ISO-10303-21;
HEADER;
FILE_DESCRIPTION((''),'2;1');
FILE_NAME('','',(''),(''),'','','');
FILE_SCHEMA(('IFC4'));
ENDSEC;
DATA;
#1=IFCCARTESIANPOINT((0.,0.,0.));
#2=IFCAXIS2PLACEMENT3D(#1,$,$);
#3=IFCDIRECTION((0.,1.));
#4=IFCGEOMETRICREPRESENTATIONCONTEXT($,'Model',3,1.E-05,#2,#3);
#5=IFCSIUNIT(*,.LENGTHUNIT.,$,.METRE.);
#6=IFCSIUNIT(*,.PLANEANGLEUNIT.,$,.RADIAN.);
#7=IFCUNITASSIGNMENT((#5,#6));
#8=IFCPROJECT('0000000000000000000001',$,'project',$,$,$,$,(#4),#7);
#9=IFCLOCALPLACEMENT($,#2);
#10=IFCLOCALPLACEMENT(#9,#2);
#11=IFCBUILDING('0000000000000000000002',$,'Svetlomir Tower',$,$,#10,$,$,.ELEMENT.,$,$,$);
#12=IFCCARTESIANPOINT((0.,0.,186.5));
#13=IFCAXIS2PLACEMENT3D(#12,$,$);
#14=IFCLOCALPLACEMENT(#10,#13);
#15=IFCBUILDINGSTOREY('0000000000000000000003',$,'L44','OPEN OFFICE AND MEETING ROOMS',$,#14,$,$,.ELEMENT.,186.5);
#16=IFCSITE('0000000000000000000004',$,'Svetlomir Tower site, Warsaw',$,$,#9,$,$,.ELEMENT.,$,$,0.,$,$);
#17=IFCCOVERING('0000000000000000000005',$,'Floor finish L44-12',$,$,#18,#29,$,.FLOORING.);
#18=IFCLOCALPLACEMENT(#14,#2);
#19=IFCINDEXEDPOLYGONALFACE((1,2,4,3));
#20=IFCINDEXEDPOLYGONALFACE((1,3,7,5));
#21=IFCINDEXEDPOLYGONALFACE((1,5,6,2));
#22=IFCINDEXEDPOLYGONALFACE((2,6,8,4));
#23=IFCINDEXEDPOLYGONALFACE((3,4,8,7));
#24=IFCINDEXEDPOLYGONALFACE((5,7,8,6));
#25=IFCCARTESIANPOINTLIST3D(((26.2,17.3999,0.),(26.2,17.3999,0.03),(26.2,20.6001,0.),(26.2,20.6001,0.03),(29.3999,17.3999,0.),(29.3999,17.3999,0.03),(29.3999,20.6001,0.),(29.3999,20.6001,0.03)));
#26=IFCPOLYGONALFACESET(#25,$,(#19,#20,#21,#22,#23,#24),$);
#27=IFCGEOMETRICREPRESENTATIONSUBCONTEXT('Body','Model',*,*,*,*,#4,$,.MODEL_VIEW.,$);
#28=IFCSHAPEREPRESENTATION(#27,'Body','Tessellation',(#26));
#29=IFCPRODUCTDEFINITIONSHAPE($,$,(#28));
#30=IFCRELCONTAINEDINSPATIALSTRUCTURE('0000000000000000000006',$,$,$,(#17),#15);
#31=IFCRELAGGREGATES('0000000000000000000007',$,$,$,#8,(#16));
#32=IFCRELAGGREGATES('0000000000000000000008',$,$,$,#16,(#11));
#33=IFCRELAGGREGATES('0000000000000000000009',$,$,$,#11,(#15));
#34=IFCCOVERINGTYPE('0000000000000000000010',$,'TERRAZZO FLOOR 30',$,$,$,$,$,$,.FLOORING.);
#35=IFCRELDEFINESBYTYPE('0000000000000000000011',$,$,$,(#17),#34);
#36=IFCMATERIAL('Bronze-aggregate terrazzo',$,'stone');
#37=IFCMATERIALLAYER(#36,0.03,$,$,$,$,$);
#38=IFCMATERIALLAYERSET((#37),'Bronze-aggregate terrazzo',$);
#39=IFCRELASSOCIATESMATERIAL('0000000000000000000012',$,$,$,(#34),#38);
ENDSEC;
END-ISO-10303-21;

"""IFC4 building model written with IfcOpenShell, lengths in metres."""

from ifc_helpers import new_model, si_unit, direction, frame, origin, place, context, subcontext, project, spatial, polyline, outline, extrude, material, layer, layer_set, type_object, element, save


model = new_model("IFC4")

# Units and contexts
model_context = context("Model", 3, precision=1e-05, world=origin(), true_north=direction((0.0, 1.0)))
body_context = subcontext(model_context, "Body", "Model", "MODEL_VIEW")
ifc_project = project(units=[si_unit("LENGTHUNIT", "METRE"), si_unit("PLANEANGLEUNIT", "RADIAN")], contexts=[model_context])

# Site, building, storey
site_placement = place(None, origin())
site = spatial("IfcSite", under=ifc_project, at=site_placement, Name="Svetlomir Tower site, Warsaw", CompositionType="ELEMENT", RefElevation=0.0)
building_placement = place(site_placement, origin())
building = spatial("IfcBuilding", under=site, at=building_placement, Name="Svetlomir Tower", CompositionType="ELEMENT")
storey_placement = place(building_placement, frame((0.0, 0.0, 186.5)))
storey = spatial("IfcBuildingStorey", under=building, at=storey_placement, Name="L44", Description="OPEN OFFICE AND MEETING ROOMS", CompositionType="ELEMENT", Elevation=186.5)

# Covering
ifc_material_1 = material(Name="Bronze-aggregate terrazzo", Category="stone")
ifc_layer_1 = layer(ifc_material_1, 0.03)
ifc_layer_set_1 = layer_set([ifc_layer_1], Name="Bronze-aggregate terrazzo")
covering_type_1 = type_object("IfcCoveringType", Name="TERRAZZO FLOOR 30", PredefinedType="FLOORING", material=ifc_layer_set_1)
covering_1_placement = place(storey_placement, origin())
element("IfcCovering", 1, at=covering_1_placement, inside=storey, type_object=covering_type_1, Name="Floor finish L44-12", PredefinedType="FLOORING", context=body_context, shape_type="SweptSolid", body=[
    extrude(outline(polyline([(26.2, 17.3999), (29.3999, 17.3999), (29.3999, 20.6001), (26.2, 20.6001), (26.2, 17.3999)])), origin(), (0.0, 0.0, 1.0), 0.03),
])

save(model, "model.ifc")
